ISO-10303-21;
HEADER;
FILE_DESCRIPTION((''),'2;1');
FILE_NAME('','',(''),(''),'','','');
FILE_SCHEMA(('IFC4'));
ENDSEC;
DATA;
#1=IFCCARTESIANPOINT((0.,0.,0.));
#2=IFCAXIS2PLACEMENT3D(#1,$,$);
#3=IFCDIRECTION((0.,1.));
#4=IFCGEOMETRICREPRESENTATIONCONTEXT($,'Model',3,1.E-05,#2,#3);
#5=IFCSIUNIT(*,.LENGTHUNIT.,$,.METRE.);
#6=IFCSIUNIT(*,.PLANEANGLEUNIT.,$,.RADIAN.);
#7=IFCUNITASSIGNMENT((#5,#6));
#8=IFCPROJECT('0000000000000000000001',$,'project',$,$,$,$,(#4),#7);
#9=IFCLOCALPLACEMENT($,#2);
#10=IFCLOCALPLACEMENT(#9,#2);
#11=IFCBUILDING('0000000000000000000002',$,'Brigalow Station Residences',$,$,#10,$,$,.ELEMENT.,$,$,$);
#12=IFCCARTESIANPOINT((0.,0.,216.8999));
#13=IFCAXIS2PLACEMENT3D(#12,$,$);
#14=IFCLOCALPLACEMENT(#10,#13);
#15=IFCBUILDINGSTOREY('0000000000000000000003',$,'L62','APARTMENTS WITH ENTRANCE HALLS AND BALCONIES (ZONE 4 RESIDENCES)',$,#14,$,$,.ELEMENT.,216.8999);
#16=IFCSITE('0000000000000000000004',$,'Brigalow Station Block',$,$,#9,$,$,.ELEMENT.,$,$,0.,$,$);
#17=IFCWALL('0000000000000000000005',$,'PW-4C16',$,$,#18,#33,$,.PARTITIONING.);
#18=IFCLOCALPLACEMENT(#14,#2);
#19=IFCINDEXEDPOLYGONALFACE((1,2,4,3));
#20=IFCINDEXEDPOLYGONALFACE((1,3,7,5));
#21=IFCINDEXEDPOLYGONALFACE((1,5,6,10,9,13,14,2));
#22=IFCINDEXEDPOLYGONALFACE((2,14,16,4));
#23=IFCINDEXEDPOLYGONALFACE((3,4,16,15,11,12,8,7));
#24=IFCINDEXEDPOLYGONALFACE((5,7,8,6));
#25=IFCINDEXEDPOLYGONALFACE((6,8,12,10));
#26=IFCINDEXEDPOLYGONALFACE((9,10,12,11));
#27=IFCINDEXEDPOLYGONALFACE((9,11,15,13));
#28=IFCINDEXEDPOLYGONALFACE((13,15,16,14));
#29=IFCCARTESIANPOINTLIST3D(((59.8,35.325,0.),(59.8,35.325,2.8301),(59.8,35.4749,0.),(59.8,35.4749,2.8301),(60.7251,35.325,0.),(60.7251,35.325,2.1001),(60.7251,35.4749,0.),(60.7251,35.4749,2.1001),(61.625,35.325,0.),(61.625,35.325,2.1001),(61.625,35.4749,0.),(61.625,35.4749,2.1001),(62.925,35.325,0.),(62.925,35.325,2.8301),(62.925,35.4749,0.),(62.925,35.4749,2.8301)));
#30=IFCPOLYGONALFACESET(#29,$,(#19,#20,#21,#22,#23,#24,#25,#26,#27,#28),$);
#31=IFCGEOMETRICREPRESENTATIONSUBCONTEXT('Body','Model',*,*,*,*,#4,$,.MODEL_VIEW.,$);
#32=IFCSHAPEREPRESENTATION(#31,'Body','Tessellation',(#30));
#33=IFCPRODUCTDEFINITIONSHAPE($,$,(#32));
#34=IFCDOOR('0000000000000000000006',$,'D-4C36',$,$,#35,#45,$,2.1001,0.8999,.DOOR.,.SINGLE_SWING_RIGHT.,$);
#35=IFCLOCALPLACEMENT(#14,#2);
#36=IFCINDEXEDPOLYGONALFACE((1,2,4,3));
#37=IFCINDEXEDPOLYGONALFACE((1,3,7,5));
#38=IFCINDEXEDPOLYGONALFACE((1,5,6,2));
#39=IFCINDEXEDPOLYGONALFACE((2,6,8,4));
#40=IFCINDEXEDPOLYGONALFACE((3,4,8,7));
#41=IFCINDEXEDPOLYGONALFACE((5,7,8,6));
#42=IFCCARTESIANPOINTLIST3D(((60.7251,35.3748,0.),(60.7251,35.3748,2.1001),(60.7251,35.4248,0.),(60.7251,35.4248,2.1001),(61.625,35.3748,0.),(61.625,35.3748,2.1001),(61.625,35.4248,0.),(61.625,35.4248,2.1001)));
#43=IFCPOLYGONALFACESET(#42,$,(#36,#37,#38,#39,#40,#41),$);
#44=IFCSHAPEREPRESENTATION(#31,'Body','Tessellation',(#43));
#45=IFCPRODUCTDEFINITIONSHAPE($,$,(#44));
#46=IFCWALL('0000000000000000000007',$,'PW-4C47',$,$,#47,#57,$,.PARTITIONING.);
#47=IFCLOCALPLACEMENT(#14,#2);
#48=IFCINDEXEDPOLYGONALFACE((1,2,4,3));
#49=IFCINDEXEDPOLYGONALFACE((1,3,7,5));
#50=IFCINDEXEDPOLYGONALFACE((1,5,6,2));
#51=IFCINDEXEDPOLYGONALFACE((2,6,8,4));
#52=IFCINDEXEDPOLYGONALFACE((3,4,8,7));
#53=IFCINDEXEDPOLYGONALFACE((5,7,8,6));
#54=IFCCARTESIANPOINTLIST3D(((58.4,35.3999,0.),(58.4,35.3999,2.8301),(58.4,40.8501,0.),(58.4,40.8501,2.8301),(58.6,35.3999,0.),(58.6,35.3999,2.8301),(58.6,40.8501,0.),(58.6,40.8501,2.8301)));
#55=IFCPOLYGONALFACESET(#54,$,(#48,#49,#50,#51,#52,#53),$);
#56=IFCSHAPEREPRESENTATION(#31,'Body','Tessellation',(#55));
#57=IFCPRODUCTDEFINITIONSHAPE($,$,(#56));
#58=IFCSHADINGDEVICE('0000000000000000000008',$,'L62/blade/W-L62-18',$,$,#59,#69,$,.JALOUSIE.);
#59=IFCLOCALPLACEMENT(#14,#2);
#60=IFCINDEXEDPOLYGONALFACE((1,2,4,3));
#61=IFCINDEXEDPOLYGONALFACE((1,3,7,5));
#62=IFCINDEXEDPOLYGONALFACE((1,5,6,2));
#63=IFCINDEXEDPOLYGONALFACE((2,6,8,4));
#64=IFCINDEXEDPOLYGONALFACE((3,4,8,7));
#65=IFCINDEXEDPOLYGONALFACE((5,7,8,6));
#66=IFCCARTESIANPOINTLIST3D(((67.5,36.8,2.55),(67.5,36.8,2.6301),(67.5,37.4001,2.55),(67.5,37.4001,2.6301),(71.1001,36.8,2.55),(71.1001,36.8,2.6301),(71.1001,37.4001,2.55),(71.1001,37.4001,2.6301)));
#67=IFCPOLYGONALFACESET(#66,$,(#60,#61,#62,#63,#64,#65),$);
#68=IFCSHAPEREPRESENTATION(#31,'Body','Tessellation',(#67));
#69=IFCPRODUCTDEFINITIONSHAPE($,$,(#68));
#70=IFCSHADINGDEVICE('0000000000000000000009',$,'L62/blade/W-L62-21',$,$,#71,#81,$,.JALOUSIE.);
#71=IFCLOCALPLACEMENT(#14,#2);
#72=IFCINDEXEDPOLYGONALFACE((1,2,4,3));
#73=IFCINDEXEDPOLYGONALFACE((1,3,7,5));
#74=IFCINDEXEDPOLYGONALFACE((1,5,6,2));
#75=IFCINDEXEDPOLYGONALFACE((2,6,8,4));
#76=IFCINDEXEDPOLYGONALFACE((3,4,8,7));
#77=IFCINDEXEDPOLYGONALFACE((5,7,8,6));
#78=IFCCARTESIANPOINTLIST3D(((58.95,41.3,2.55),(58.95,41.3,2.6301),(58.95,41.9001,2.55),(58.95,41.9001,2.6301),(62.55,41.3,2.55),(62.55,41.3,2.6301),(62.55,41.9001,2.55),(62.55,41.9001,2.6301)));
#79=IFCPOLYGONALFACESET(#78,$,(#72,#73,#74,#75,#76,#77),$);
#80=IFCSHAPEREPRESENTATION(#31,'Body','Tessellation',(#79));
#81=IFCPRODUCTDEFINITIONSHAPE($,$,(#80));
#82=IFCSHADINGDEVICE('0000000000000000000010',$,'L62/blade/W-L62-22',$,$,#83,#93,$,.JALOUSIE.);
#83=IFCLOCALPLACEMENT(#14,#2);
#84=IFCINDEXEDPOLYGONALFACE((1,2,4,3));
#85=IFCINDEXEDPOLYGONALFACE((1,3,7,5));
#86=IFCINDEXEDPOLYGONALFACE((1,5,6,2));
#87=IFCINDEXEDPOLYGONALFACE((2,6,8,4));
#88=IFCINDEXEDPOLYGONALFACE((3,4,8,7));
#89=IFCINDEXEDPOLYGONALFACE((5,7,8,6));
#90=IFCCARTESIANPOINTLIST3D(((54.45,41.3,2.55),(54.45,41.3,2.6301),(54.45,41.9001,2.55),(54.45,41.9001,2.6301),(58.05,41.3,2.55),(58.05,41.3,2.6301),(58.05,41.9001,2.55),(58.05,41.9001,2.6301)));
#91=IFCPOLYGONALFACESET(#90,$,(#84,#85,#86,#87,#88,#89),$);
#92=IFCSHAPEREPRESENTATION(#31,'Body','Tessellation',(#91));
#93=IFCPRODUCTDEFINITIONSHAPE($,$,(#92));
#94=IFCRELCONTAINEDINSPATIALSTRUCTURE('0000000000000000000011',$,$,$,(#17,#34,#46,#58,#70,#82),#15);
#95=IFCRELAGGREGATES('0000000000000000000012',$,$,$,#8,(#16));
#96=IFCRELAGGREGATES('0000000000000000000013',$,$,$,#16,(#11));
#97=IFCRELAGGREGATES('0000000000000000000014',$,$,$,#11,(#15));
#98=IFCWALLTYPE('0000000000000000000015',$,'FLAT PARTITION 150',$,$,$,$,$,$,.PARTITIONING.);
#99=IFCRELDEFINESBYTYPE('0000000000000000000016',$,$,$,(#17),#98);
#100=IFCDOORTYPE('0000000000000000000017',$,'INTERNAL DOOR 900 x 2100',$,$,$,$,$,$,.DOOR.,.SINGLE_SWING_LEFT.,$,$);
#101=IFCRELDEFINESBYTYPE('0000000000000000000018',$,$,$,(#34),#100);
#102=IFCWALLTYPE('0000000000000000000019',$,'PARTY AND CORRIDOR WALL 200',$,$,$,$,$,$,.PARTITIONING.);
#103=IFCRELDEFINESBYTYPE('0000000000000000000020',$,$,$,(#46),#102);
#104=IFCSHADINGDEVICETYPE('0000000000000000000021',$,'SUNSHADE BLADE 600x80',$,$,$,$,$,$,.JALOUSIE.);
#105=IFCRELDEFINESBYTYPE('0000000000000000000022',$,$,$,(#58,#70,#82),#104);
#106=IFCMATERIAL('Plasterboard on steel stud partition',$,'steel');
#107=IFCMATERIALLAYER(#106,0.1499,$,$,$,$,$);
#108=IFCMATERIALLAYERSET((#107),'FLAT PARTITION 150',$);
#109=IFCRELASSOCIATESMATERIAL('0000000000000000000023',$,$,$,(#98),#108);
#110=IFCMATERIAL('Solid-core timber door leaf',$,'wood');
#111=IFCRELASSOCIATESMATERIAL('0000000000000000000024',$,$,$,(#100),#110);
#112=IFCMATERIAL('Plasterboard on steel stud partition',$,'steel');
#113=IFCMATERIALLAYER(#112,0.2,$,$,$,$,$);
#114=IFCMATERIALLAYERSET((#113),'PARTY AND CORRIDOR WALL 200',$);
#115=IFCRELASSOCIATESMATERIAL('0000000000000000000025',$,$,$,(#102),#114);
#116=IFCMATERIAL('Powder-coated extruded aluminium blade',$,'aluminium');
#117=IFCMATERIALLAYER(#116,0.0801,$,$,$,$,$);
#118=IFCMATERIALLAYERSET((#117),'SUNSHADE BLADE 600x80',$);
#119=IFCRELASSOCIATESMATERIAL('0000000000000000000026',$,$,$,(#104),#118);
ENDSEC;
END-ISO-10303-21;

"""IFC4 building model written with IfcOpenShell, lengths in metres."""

from ifc_helpers import new_model, si_unit, direction, frame, frame_2d, origin, origin_2d, place, context, subcontext, project, spatial, rectangle, extrude, material, layer, layer_set, type_object, element, fill, save


model = new_model("IFC4")

# Units and contexts
model_context = context("Model", 3, precision=1e-05, world=origin(), true_north=direction((0.0, 1.0)))
body_context = subcontext(model_context, "Body", "Model", "MODEL_VIEW")
ifc_project = project(units=[si_unit("LENGTHUNIT", "METRE"), si_unit("PLANEANGLEUNIT", "RADIAN")], contexts=[model_context])

# Site, building, storey
site_placement = place(None, origin())
site = spatial("IfcSite", under=ifc_project, at=site_placement, Name="Brigalow Station Block", CompositionType="ELEMENT", RefElevation=0.0)
building_placement = place(site_placement, origin())
building = spatial("IfcBuilding", under=site, at=building_placement, Name="Brigalow Station Residences", CompositionType="ELEMENT")
storey_placement = place(building_placement, frame((0.0, 0.0, 216.8999)))
storey = spatial("IfcBuildingStorey", under=building, at=storey_placement, Name="L62", Description="APARTMENTS WITH ENTRANCE HALLS AND BALCONIES (ZONE 4 RESIDENCES)", CompositionType="ELEMENT", Elevation=216.8999)

# Wall, opening, door
ifc_material_1 = material(Name="Plasterboard on steel stud partition", Category="steel")
ifc_layer_1 = layer(ifc_material_1, 0.1499)
ifc_layer_set_1 = layer_set([ifc_layer_1], Name="FLAT PARTITION 150")
wall_type_1 = type_object("IfcWallType", Name="FLAT PARTITION 150", PredefinedType="PARTITIONING", material=ifc_layer_set_1)
wall_1_placement = place(storey_placement, frame((59.8, 35.3999, 0.0), z_axis=(0.0, 0.0, 1.0), x_axis=(1.0, 0.0, 0.0)))
wall_1 = element("IfcWall", 1, at=wall_1_placement, inside=storey, type_object=wall_type_1, Name="PW-4C16", PredefinedType="PARTITIONING", context=body_context, shape_type="SweptSolid", body=[
    extrude(rectangle(XDim=3.125, YDim=0.1499, at=frame_2d((1.5625, 0.0))), origin(), (0.0, 0.0, 1.0), 2.8301),
])
opening_1_placement = place(wall_1_placement, frame((0.925, 0.0, 0.0)))
opening_1 = element("IfcOpeningElement", 2, at=opening_1_placement, cuts=wall_1, PredefinedType="OPENING", context=body_context, shape_type="SweptSolid", body=[
    extrude(rectangle(XDim=0.8999, YDim=2.1001, at=frame_2d((0.45, 1.05))), frame((0.0, 0.085, 0.0), z_axis=(0.0, -1.0, 0.0), x_axis=(1.0, 0.0, 0.0)), (0.0, 0.0, 1.0), 0.1699),
])
ifc_material_2 = material(Name="Solid-core timber door leaf", Category="wood")
door_type_1 = type_object("IfcDoorType", Name="INTERNAL DOOR 900 x 2100", OperationType="SINGLE_SWING_LEFT", PredefinedType="DOOR", material=ifc_material_2)
door_1_placement = place(opening_1_placement, origin())
door_1 = element("IfcDoor", 3, at=door_1_placement, inside=storey, type_object=door_type_1, Name="D-4C36", OperationType="SINGLE_SWING_RIGHT", OverallHeight=2.1001, OverallWidth=0.8999, PredefinedType="DOOR", context=body_context, shape_type="SweptSolid", body=[
    extrude(rectangle(XDim=0.8999, YDim=2.1001, at=frame_2d((0.45, 1.05))), frame((0.0, 0.0249, 0.0), z_axis=(0.0, -1.0, 0.0), x_axis=(1.0, 0.0, 0.0)), (0.0, 0.0, 1.0), 0.05),
])
fill(opening_1, door_1)

# Wall
ifc_material_3 = material(Name="Plasterboard on steel stud partition", Category="steel")
ifc_layer_2 = layer(ifc_material_3, 0.2)
ifc_layer_set_2 = layer_set([ifc_layer_2], Name="PARTY AND CORRIDOR WALL 200")
wall_type_2 = type_object("IfcWallType", Name="PARTY AND CORRIDOR WALL 200", PredefinedType="PARTITIONING", material=ifc_layer_set_2)
wall_2_placement = place(storey_placement, frame((58.5, 35.3999, 0.0), z_axis=(0.0, 0.0, 1.0), x_axis=(0.0, 1.0, 0.0)))
element("IfcWall", 4, at=wall_2_placement, inside=storey, type_object=wall_type_2, Name="PW-4C47", PredefinedType="PARTITIONING", context=body_context, shape_type="SweptSolid", body=[
    extrude(rectangle(XDim=5.4502, YDim=0.2, at=frame_2d((2.7251, 0.0))), origin(), (0.0, 0.0, 1.0), 2.8301),
])

# Shading devices
ifc_material_4 = material(Name="Powder-coated extruded aluminium blade", Category="aluminium")
ifc_layer_3 = layer(ifc_material_4, 0.0801)
ifc_layer_set_3 = layer_set([ifc_layer_3], Name="SUNSHADE BLADE 600x80")
shading_device_type = type_object("IfcShadingDeviceType", Name="SUNSHADE BLADE 600x80", PredefinedType="JALOUSIE", material=ifc_layer_set_3)
for number, where, z_axis, x_axis, name in (
    (5, (69.3, 37.1001, 2.55), (0.0, 0.0, 1.0), (-1.0, 0.0, 0.0), "L62/blade/W-L62-18"),
    (6, (60.75, 41.6001, 2.55), (0.0, 0.0, 1.0), (-1.0, 0.0, 0.0), "L62/blade/W-L62-21"),
    (7, (56.25, 41.6001, 2.55), (0.0, 0.0, 1.0), (-1.0, 0.0, 0.0), "L62/blade/W-L62-22"),
):
    element("IfcShadingDevice", number, at=place(storey_placement, frame(where, z_axis=z_axis, x_axis=x_axis)), inside=storey, type_object=shading_device_type, Name=name, PredefinedType="JALOUSIE", context=body_context, shape_type="SweptSolid", body=[
        extrude(rectangle(XDim=3.6001, YDim=0.6001, at=origin_2d()), origin(), (0.0, 0.0, 1.0), 0.0801),
    ])

save(model, "model.ifc")
